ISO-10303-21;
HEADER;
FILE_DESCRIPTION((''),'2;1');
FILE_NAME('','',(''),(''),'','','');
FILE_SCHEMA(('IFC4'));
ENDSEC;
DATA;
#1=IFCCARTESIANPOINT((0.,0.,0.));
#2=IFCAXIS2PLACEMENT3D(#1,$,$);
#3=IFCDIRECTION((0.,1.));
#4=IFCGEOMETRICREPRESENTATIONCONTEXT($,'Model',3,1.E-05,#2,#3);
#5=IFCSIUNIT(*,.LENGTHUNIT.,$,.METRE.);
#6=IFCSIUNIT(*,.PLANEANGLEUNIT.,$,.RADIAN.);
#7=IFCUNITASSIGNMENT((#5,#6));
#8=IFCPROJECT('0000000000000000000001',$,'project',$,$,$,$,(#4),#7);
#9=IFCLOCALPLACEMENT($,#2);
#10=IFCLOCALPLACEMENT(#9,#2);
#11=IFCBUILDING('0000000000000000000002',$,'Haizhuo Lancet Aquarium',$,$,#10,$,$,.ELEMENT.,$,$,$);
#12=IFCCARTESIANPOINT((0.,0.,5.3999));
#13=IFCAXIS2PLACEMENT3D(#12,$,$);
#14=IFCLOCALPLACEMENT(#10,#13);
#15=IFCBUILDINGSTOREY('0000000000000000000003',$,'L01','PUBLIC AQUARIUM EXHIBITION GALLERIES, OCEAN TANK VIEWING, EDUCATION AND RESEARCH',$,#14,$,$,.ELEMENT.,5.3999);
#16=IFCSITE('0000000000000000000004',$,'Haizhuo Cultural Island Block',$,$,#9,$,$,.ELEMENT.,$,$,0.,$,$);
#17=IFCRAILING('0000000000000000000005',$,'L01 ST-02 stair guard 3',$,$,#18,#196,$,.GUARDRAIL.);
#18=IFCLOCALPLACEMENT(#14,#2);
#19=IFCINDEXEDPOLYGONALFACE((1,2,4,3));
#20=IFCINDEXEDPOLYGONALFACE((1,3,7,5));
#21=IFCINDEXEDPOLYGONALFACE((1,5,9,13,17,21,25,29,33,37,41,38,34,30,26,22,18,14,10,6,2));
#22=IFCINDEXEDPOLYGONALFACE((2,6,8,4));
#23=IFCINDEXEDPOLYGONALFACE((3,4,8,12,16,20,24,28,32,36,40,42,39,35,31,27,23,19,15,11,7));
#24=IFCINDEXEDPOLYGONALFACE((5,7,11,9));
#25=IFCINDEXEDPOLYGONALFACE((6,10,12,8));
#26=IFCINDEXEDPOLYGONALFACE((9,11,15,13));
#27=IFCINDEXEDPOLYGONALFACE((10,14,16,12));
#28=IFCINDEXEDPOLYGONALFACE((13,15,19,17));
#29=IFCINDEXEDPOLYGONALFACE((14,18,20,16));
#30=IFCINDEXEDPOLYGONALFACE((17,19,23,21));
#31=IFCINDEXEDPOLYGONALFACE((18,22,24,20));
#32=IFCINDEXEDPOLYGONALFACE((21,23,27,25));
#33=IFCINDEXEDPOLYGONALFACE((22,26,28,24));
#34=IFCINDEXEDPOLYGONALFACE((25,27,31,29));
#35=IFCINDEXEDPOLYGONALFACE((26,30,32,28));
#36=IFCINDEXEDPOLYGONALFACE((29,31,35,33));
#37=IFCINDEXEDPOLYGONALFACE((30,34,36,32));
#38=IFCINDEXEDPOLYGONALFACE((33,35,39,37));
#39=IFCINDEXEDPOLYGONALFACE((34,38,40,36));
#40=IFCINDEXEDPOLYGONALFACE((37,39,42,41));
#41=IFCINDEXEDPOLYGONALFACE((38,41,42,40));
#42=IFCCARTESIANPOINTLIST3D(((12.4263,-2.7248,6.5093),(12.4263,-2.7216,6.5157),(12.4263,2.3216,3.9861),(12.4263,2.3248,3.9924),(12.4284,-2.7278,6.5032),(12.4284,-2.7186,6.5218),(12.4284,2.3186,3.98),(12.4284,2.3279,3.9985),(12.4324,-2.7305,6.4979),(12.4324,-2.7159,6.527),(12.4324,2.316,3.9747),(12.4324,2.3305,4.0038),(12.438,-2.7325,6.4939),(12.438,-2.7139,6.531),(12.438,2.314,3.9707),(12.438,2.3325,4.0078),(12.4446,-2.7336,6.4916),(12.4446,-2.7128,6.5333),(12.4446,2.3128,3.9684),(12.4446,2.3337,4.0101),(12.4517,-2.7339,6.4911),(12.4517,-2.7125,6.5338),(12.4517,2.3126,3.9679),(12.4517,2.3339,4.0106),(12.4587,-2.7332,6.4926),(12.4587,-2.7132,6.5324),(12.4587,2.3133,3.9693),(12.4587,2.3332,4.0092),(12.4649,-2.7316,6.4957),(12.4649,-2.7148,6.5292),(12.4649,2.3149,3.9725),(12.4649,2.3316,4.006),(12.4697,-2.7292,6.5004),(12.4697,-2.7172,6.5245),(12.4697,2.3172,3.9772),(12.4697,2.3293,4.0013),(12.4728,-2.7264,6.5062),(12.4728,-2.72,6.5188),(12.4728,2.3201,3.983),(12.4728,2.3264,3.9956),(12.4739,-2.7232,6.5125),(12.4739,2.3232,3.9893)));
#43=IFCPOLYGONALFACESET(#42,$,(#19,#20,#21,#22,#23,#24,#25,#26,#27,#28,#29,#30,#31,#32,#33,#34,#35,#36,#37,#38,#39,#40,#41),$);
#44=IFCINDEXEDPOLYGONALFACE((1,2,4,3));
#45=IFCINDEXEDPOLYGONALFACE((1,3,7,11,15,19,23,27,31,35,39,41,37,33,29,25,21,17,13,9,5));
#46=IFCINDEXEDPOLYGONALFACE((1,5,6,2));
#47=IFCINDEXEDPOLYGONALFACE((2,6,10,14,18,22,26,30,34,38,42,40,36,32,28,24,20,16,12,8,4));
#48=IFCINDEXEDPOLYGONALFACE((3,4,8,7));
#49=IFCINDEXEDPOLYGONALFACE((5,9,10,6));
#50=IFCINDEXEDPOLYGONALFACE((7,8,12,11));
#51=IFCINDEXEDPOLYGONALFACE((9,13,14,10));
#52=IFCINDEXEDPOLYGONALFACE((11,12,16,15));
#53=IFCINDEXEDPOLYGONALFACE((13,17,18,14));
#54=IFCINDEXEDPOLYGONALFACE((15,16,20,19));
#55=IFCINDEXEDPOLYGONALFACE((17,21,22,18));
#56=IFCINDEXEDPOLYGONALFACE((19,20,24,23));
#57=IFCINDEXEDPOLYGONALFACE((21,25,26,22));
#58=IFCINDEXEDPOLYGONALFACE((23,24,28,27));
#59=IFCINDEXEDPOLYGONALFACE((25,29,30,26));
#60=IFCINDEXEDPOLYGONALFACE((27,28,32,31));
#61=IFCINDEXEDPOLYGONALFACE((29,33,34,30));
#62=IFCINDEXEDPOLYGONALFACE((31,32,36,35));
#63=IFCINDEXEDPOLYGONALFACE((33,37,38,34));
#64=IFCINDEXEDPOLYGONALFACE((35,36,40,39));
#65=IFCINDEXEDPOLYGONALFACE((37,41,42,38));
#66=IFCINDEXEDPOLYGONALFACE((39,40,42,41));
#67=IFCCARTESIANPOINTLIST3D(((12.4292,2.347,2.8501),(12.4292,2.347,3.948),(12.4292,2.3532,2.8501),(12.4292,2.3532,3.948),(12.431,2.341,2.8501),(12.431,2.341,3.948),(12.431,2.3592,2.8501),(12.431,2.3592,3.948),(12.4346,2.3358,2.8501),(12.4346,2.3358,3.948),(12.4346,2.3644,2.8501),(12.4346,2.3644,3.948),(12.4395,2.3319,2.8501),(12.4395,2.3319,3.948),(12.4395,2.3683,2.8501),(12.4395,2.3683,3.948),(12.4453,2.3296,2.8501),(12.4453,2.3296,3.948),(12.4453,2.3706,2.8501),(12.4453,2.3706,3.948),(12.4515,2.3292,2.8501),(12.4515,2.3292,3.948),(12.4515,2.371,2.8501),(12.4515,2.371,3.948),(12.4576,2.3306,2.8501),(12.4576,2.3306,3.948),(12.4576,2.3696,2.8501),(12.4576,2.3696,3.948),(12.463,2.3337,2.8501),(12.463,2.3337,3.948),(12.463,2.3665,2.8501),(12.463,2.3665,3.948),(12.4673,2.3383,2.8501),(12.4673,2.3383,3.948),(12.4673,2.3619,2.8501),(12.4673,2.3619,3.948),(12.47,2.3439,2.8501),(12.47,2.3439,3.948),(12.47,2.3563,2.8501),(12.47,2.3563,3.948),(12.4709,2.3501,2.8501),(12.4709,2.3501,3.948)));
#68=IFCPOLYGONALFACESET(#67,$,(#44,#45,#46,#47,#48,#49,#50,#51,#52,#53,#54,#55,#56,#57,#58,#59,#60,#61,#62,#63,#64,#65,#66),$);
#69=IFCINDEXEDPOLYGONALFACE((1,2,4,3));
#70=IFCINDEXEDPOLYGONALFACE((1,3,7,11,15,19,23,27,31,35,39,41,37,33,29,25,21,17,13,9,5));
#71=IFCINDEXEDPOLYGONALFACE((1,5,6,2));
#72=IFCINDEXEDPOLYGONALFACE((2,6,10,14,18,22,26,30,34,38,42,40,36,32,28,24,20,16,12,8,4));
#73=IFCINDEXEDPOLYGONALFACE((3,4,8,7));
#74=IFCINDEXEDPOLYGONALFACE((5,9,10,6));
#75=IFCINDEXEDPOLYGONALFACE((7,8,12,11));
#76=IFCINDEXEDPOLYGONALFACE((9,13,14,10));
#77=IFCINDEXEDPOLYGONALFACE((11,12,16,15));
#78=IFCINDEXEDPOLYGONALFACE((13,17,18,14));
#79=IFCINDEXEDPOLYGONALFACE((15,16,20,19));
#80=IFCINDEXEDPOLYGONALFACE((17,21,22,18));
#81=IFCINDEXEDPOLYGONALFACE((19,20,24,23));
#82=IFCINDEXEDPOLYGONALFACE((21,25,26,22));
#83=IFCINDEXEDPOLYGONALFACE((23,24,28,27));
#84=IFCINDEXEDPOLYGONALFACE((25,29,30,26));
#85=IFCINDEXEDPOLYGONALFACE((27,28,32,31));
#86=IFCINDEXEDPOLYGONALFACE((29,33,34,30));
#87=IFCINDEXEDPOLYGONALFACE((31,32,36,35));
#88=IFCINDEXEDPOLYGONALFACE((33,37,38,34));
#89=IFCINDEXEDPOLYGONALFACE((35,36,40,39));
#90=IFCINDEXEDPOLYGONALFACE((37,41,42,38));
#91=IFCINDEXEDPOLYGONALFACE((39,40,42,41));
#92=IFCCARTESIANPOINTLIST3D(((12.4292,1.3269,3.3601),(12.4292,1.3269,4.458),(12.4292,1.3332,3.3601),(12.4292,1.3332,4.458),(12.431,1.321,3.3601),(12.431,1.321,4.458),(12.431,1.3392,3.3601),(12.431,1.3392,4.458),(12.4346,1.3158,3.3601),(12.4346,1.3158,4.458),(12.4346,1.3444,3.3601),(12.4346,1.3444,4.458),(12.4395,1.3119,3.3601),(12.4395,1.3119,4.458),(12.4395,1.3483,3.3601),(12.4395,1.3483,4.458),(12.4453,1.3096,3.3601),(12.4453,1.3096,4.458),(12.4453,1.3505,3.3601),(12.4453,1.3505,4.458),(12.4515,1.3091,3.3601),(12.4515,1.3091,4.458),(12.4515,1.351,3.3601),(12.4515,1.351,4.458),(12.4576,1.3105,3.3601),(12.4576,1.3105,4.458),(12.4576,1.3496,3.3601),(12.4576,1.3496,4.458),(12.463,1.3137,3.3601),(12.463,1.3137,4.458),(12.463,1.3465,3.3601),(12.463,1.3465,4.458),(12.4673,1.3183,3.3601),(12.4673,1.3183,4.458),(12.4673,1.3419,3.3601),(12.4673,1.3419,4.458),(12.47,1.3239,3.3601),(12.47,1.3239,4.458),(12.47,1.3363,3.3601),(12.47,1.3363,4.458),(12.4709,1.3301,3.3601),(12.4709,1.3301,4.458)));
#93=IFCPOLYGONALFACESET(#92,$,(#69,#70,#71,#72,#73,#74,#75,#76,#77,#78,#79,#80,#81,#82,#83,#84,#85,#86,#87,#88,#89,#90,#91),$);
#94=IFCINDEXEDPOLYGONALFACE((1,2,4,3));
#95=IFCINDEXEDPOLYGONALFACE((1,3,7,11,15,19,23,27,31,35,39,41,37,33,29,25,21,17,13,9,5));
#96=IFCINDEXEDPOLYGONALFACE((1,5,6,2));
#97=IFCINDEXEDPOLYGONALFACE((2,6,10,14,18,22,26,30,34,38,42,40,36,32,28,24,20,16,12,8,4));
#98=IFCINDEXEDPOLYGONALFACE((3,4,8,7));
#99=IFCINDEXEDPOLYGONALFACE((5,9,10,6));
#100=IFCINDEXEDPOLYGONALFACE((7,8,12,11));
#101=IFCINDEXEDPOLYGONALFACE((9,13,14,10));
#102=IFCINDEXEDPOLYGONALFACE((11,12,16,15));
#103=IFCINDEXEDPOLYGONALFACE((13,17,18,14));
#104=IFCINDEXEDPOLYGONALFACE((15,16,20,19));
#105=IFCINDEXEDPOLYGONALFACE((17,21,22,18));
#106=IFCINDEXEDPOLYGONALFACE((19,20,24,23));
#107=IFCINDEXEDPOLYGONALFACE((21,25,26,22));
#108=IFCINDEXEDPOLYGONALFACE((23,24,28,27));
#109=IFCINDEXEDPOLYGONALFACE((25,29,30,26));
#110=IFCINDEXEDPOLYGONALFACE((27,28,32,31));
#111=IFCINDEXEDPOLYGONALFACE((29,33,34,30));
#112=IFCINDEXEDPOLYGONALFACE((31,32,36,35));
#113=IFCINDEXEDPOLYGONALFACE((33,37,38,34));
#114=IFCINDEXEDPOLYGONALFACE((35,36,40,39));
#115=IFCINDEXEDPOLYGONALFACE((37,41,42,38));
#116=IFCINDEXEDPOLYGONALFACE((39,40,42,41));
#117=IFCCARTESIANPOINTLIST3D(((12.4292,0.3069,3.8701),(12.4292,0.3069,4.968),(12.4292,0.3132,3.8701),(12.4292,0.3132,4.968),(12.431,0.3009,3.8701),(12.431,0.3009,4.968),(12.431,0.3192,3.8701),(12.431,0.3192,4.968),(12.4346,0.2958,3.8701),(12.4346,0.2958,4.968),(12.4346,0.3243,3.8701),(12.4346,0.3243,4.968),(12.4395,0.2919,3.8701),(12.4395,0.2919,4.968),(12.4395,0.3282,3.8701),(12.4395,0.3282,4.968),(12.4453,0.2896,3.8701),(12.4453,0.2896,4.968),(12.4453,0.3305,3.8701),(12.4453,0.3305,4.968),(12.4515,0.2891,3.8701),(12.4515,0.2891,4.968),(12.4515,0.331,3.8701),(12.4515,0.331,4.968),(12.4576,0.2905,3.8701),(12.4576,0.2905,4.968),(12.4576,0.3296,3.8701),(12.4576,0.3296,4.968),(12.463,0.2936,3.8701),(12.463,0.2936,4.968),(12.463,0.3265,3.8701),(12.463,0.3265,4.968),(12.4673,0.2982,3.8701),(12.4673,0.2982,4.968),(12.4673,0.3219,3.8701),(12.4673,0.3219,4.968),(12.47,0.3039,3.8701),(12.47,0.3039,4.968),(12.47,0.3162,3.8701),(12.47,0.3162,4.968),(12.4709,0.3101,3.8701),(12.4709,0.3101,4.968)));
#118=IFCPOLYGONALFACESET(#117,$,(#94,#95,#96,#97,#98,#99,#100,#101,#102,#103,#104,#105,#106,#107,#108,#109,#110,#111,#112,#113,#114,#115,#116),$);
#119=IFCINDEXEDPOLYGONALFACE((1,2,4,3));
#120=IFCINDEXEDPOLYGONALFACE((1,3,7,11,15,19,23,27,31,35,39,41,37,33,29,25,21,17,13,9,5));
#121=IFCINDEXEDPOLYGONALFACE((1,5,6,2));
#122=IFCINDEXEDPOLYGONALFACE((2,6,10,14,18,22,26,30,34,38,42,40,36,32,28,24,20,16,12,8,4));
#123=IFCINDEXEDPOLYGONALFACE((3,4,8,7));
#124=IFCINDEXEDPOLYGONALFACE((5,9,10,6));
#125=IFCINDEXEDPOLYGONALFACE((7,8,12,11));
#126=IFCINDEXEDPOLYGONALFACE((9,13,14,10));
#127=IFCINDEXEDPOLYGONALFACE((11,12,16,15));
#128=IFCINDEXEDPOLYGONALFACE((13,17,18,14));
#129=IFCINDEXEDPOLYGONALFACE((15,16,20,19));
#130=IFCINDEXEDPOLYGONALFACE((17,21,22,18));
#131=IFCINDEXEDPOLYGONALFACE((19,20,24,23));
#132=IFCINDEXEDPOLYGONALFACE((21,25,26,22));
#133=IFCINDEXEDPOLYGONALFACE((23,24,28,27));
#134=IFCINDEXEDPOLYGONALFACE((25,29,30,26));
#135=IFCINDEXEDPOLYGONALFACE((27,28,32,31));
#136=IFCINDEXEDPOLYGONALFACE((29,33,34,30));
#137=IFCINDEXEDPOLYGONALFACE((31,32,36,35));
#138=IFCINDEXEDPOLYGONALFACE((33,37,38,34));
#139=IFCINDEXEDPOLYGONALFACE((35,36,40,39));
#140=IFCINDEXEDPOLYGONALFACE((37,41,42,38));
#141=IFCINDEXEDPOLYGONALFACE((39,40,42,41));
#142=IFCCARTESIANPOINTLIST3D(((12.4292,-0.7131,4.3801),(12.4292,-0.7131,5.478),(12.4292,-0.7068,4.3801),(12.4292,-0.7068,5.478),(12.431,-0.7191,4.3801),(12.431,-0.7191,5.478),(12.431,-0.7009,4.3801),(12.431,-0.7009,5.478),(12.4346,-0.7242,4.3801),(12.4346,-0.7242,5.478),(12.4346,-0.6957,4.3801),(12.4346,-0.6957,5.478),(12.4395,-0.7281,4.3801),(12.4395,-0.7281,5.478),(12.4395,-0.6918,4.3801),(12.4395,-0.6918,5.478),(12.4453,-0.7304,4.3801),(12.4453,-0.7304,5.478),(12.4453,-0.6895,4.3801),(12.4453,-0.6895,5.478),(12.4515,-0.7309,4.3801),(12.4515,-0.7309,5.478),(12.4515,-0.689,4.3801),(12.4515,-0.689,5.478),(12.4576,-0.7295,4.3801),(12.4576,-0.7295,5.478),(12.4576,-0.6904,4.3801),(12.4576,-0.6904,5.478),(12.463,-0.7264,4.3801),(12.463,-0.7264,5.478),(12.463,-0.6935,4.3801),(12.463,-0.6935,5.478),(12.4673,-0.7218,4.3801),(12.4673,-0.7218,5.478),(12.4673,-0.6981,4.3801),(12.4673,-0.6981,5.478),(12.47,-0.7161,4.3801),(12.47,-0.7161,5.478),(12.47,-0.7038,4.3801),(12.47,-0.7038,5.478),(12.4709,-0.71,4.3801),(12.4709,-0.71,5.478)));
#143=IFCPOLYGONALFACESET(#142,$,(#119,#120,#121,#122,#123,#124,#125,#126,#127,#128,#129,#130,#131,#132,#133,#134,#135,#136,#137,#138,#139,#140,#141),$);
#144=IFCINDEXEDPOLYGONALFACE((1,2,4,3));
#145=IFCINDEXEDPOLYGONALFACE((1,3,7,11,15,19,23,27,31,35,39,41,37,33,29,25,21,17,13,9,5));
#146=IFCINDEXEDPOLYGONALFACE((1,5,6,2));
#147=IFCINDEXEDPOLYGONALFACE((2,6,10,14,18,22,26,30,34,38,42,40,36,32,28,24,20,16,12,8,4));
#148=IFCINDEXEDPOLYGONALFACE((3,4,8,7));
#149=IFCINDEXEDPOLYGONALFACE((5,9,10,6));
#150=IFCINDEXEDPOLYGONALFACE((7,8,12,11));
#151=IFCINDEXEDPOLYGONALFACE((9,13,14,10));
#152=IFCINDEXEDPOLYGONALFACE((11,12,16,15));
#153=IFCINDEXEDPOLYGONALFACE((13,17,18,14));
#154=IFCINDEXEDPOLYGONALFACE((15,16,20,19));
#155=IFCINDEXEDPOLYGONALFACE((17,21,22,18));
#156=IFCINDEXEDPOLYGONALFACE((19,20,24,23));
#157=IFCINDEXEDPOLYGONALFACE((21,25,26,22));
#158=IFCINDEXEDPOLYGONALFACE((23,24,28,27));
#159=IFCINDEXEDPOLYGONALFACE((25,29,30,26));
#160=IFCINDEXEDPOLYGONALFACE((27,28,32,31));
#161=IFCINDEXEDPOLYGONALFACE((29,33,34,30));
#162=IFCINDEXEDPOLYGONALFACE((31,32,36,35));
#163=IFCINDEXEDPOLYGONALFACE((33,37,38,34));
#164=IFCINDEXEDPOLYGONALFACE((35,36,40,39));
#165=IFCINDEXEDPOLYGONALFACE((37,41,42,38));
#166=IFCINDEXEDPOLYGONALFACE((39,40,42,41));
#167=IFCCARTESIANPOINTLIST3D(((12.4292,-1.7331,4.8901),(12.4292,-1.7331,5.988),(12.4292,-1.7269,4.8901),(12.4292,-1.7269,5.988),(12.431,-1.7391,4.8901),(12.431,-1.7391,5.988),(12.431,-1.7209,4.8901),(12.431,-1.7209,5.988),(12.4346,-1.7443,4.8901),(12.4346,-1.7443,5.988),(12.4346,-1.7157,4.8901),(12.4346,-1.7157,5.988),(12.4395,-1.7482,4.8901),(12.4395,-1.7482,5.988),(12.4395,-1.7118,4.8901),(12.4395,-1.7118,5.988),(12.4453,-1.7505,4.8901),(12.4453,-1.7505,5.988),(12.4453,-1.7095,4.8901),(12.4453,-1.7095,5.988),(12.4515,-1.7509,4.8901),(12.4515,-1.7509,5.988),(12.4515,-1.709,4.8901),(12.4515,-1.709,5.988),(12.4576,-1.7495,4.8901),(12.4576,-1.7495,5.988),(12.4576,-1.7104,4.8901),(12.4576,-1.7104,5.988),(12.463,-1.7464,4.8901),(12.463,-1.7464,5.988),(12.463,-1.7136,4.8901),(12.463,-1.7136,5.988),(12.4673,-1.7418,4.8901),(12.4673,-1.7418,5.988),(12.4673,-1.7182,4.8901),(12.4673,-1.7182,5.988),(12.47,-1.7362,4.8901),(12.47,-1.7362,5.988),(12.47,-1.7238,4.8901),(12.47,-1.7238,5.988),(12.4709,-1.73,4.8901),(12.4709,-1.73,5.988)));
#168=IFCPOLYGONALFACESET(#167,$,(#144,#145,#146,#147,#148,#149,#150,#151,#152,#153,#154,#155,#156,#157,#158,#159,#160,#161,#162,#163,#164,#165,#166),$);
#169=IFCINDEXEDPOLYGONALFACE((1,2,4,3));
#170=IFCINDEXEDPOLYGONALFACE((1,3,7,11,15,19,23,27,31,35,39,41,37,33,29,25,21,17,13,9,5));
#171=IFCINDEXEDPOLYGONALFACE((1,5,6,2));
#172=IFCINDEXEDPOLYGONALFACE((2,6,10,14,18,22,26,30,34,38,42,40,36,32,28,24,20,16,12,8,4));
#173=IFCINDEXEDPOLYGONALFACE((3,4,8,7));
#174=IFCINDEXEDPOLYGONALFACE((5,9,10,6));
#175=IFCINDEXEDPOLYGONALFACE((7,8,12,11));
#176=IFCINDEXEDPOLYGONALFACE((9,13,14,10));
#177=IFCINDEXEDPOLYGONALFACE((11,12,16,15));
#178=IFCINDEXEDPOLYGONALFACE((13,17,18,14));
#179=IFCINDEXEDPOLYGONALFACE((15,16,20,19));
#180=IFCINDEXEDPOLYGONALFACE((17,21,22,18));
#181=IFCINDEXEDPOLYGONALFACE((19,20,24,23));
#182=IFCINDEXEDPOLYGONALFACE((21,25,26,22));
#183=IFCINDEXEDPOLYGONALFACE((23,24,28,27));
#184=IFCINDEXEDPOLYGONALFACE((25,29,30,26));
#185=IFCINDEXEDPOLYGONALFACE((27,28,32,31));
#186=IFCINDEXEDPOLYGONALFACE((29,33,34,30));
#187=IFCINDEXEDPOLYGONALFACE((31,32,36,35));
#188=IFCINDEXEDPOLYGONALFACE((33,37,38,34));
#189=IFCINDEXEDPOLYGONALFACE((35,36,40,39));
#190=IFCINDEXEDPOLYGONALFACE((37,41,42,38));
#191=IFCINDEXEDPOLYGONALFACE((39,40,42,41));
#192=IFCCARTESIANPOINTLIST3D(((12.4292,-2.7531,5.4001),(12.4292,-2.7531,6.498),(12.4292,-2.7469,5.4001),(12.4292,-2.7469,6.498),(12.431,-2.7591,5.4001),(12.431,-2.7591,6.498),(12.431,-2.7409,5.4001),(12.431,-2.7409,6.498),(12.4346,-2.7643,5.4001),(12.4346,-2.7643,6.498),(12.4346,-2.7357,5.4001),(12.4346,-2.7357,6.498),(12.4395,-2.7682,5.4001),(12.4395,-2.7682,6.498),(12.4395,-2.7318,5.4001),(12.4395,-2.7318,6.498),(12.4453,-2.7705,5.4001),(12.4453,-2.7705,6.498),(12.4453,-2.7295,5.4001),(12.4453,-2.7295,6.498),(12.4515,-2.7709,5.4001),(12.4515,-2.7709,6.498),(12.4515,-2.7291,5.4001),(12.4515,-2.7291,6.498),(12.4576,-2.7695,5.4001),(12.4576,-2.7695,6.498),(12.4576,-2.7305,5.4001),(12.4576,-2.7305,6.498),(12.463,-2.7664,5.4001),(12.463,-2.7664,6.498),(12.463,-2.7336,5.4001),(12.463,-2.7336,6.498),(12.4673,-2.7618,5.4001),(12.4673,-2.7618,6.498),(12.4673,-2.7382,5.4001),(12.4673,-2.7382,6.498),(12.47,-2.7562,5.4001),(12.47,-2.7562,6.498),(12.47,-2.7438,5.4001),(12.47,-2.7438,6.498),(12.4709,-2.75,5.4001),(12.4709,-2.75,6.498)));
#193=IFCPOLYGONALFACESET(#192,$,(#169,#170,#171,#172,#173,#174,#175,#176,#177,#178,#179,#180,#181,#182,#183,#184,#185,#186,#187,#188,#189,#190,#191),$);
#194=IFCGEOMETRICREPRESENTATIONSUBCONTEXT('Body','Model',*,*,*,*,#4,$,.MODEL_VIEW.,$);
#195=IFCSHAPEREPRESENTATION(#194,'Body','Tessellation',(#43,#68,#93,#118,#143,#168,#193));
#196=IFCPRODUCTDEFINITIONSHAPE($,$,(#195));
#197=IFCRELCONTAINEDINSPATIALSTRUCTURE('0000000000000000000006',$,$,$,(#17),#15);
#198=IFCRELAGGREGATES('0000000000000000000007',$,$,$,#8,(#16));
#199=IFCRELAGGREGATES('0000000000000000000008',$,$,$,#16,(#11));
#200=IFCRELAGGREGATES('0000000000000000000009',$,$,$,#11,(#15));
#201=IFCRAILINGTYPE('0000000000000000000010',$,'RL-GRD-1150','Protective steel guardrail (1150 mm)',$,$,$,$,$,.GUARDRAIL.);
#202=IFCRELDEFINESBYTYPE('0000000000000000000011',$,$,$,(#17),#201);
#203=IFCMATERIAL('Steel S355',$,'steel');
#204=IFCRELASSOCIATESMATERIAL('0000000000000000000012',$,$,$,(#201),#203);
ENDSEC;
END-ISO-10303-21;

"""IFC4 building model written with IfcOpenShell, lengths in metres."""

from ifc_helpers import new_model, si_unit, direction, frame, origin, origin_2d, place, context, subcontext, project, spatial, circle, extrude, material, type_object, element, save


model = new_model("IFC4")

# Units and contexts
model_context = context("Model", 3, precision=1e-05, world=origin(), true_north=direction((0.0, 1.0)))
body_context = subcontext(model_context, "Body", "Model", "MODEL_VIEW")
ifc_project = project(units=[si_unit("LENGTHUNIT", "METRE"), si_unit("PLANEANGLEUNIT", "RADIAN")], contexts=[model_context])

# Site, building, storey
site_placement = place(None, origin())
site = spatial("IfcSite", under=ifc_project, at=site_placement, Name="Haizhuo Cultural Island Block", CompositionType="ELEMENT", RefElevation=0.0)
building_placement = place(site_placement, origin())
building = spatial("IfcBuilding", under=site, at=building_placement, Name="Haizhuo Lancet Aquarium", CompositionType="ELEMENT")
storey_placement = place(building_placement, frame((0.0, 0.0, 5.3999)))
storey = spatial("IfcBuildingStorey", under=building, at=storey_placement, Name="L01", Description="PUBLIC AQUARIUM EXHIBITION GALLERIES, OCEAN TANK VIEWING, EDUCATION AND RESEARCH", CompositionType="ELEMENT", Elevation=5.3999)

# Shared definitions
ifc_material_1 = material(Name="Steel S355", Category="steel")

# Railing
railing_type_1 = type_object("IfcRailingType", Name="RL-GRD-1150", Description="Protective steel guardrail (1150 mm)", PredefinedType="GUARDRAIL", material=ifc_material_1)
railing_1_placement = place(storey_placement, frame((12.45, 2.3501, 2.8501)))
element("IfcRailing", 1, at=railing_1_placement, inside=storey, type_object=railing_type_1, Name="L01 ST-02 stair guard 3", PredefinedType="GUARDRAIL", context=body_context, shape_type="SweptSolid", body=[
    extrude(circle(Radius=0.0239, at=origin_2d()), frame((0.0, -0.0269, 1.1392), z_axis=(0.0, -0.894427, 0.447214), x_axis=(1.0, 0.0, 0.0)), (0.0, 0.0, 1.0), 5.6421),
    extrude(circle(Radius=0.021, at=origin_2d()), origin(), (0.0, 0.0, 1.0), 1.0979),
    extrude(circle(Radius=0.021, at=origin_2d()), frame((0.0, -1.02, 0.51)), (0.0, 0.0, 1.0), 1.0979),
    extrude(circle(Radius=0.021, at=origin_2d()), frame((0.0, -2.04, 1.02)), (0.0, 0.0, 1.0), 1.0979),
    extrude(circle(Radius=0.021, at=origin_2d()), frame((0.0, -3.0601, 1.53)), (0.0, 0.0, 1.0), 1.0979),
    extrude(circle(Radius=0.021, at=origin_2d()), frame((0.0, -4.0801, 2.04)), (0.0, 0.0, 1.0), 1.0979),
    extrude(circle(Radius=0.021, at=origin_2d()), frame((0.0, -5.1001, 2.55)), (0.0, 0.0, 1.0), 1.0979),
])

save(model, "model.ifc")
